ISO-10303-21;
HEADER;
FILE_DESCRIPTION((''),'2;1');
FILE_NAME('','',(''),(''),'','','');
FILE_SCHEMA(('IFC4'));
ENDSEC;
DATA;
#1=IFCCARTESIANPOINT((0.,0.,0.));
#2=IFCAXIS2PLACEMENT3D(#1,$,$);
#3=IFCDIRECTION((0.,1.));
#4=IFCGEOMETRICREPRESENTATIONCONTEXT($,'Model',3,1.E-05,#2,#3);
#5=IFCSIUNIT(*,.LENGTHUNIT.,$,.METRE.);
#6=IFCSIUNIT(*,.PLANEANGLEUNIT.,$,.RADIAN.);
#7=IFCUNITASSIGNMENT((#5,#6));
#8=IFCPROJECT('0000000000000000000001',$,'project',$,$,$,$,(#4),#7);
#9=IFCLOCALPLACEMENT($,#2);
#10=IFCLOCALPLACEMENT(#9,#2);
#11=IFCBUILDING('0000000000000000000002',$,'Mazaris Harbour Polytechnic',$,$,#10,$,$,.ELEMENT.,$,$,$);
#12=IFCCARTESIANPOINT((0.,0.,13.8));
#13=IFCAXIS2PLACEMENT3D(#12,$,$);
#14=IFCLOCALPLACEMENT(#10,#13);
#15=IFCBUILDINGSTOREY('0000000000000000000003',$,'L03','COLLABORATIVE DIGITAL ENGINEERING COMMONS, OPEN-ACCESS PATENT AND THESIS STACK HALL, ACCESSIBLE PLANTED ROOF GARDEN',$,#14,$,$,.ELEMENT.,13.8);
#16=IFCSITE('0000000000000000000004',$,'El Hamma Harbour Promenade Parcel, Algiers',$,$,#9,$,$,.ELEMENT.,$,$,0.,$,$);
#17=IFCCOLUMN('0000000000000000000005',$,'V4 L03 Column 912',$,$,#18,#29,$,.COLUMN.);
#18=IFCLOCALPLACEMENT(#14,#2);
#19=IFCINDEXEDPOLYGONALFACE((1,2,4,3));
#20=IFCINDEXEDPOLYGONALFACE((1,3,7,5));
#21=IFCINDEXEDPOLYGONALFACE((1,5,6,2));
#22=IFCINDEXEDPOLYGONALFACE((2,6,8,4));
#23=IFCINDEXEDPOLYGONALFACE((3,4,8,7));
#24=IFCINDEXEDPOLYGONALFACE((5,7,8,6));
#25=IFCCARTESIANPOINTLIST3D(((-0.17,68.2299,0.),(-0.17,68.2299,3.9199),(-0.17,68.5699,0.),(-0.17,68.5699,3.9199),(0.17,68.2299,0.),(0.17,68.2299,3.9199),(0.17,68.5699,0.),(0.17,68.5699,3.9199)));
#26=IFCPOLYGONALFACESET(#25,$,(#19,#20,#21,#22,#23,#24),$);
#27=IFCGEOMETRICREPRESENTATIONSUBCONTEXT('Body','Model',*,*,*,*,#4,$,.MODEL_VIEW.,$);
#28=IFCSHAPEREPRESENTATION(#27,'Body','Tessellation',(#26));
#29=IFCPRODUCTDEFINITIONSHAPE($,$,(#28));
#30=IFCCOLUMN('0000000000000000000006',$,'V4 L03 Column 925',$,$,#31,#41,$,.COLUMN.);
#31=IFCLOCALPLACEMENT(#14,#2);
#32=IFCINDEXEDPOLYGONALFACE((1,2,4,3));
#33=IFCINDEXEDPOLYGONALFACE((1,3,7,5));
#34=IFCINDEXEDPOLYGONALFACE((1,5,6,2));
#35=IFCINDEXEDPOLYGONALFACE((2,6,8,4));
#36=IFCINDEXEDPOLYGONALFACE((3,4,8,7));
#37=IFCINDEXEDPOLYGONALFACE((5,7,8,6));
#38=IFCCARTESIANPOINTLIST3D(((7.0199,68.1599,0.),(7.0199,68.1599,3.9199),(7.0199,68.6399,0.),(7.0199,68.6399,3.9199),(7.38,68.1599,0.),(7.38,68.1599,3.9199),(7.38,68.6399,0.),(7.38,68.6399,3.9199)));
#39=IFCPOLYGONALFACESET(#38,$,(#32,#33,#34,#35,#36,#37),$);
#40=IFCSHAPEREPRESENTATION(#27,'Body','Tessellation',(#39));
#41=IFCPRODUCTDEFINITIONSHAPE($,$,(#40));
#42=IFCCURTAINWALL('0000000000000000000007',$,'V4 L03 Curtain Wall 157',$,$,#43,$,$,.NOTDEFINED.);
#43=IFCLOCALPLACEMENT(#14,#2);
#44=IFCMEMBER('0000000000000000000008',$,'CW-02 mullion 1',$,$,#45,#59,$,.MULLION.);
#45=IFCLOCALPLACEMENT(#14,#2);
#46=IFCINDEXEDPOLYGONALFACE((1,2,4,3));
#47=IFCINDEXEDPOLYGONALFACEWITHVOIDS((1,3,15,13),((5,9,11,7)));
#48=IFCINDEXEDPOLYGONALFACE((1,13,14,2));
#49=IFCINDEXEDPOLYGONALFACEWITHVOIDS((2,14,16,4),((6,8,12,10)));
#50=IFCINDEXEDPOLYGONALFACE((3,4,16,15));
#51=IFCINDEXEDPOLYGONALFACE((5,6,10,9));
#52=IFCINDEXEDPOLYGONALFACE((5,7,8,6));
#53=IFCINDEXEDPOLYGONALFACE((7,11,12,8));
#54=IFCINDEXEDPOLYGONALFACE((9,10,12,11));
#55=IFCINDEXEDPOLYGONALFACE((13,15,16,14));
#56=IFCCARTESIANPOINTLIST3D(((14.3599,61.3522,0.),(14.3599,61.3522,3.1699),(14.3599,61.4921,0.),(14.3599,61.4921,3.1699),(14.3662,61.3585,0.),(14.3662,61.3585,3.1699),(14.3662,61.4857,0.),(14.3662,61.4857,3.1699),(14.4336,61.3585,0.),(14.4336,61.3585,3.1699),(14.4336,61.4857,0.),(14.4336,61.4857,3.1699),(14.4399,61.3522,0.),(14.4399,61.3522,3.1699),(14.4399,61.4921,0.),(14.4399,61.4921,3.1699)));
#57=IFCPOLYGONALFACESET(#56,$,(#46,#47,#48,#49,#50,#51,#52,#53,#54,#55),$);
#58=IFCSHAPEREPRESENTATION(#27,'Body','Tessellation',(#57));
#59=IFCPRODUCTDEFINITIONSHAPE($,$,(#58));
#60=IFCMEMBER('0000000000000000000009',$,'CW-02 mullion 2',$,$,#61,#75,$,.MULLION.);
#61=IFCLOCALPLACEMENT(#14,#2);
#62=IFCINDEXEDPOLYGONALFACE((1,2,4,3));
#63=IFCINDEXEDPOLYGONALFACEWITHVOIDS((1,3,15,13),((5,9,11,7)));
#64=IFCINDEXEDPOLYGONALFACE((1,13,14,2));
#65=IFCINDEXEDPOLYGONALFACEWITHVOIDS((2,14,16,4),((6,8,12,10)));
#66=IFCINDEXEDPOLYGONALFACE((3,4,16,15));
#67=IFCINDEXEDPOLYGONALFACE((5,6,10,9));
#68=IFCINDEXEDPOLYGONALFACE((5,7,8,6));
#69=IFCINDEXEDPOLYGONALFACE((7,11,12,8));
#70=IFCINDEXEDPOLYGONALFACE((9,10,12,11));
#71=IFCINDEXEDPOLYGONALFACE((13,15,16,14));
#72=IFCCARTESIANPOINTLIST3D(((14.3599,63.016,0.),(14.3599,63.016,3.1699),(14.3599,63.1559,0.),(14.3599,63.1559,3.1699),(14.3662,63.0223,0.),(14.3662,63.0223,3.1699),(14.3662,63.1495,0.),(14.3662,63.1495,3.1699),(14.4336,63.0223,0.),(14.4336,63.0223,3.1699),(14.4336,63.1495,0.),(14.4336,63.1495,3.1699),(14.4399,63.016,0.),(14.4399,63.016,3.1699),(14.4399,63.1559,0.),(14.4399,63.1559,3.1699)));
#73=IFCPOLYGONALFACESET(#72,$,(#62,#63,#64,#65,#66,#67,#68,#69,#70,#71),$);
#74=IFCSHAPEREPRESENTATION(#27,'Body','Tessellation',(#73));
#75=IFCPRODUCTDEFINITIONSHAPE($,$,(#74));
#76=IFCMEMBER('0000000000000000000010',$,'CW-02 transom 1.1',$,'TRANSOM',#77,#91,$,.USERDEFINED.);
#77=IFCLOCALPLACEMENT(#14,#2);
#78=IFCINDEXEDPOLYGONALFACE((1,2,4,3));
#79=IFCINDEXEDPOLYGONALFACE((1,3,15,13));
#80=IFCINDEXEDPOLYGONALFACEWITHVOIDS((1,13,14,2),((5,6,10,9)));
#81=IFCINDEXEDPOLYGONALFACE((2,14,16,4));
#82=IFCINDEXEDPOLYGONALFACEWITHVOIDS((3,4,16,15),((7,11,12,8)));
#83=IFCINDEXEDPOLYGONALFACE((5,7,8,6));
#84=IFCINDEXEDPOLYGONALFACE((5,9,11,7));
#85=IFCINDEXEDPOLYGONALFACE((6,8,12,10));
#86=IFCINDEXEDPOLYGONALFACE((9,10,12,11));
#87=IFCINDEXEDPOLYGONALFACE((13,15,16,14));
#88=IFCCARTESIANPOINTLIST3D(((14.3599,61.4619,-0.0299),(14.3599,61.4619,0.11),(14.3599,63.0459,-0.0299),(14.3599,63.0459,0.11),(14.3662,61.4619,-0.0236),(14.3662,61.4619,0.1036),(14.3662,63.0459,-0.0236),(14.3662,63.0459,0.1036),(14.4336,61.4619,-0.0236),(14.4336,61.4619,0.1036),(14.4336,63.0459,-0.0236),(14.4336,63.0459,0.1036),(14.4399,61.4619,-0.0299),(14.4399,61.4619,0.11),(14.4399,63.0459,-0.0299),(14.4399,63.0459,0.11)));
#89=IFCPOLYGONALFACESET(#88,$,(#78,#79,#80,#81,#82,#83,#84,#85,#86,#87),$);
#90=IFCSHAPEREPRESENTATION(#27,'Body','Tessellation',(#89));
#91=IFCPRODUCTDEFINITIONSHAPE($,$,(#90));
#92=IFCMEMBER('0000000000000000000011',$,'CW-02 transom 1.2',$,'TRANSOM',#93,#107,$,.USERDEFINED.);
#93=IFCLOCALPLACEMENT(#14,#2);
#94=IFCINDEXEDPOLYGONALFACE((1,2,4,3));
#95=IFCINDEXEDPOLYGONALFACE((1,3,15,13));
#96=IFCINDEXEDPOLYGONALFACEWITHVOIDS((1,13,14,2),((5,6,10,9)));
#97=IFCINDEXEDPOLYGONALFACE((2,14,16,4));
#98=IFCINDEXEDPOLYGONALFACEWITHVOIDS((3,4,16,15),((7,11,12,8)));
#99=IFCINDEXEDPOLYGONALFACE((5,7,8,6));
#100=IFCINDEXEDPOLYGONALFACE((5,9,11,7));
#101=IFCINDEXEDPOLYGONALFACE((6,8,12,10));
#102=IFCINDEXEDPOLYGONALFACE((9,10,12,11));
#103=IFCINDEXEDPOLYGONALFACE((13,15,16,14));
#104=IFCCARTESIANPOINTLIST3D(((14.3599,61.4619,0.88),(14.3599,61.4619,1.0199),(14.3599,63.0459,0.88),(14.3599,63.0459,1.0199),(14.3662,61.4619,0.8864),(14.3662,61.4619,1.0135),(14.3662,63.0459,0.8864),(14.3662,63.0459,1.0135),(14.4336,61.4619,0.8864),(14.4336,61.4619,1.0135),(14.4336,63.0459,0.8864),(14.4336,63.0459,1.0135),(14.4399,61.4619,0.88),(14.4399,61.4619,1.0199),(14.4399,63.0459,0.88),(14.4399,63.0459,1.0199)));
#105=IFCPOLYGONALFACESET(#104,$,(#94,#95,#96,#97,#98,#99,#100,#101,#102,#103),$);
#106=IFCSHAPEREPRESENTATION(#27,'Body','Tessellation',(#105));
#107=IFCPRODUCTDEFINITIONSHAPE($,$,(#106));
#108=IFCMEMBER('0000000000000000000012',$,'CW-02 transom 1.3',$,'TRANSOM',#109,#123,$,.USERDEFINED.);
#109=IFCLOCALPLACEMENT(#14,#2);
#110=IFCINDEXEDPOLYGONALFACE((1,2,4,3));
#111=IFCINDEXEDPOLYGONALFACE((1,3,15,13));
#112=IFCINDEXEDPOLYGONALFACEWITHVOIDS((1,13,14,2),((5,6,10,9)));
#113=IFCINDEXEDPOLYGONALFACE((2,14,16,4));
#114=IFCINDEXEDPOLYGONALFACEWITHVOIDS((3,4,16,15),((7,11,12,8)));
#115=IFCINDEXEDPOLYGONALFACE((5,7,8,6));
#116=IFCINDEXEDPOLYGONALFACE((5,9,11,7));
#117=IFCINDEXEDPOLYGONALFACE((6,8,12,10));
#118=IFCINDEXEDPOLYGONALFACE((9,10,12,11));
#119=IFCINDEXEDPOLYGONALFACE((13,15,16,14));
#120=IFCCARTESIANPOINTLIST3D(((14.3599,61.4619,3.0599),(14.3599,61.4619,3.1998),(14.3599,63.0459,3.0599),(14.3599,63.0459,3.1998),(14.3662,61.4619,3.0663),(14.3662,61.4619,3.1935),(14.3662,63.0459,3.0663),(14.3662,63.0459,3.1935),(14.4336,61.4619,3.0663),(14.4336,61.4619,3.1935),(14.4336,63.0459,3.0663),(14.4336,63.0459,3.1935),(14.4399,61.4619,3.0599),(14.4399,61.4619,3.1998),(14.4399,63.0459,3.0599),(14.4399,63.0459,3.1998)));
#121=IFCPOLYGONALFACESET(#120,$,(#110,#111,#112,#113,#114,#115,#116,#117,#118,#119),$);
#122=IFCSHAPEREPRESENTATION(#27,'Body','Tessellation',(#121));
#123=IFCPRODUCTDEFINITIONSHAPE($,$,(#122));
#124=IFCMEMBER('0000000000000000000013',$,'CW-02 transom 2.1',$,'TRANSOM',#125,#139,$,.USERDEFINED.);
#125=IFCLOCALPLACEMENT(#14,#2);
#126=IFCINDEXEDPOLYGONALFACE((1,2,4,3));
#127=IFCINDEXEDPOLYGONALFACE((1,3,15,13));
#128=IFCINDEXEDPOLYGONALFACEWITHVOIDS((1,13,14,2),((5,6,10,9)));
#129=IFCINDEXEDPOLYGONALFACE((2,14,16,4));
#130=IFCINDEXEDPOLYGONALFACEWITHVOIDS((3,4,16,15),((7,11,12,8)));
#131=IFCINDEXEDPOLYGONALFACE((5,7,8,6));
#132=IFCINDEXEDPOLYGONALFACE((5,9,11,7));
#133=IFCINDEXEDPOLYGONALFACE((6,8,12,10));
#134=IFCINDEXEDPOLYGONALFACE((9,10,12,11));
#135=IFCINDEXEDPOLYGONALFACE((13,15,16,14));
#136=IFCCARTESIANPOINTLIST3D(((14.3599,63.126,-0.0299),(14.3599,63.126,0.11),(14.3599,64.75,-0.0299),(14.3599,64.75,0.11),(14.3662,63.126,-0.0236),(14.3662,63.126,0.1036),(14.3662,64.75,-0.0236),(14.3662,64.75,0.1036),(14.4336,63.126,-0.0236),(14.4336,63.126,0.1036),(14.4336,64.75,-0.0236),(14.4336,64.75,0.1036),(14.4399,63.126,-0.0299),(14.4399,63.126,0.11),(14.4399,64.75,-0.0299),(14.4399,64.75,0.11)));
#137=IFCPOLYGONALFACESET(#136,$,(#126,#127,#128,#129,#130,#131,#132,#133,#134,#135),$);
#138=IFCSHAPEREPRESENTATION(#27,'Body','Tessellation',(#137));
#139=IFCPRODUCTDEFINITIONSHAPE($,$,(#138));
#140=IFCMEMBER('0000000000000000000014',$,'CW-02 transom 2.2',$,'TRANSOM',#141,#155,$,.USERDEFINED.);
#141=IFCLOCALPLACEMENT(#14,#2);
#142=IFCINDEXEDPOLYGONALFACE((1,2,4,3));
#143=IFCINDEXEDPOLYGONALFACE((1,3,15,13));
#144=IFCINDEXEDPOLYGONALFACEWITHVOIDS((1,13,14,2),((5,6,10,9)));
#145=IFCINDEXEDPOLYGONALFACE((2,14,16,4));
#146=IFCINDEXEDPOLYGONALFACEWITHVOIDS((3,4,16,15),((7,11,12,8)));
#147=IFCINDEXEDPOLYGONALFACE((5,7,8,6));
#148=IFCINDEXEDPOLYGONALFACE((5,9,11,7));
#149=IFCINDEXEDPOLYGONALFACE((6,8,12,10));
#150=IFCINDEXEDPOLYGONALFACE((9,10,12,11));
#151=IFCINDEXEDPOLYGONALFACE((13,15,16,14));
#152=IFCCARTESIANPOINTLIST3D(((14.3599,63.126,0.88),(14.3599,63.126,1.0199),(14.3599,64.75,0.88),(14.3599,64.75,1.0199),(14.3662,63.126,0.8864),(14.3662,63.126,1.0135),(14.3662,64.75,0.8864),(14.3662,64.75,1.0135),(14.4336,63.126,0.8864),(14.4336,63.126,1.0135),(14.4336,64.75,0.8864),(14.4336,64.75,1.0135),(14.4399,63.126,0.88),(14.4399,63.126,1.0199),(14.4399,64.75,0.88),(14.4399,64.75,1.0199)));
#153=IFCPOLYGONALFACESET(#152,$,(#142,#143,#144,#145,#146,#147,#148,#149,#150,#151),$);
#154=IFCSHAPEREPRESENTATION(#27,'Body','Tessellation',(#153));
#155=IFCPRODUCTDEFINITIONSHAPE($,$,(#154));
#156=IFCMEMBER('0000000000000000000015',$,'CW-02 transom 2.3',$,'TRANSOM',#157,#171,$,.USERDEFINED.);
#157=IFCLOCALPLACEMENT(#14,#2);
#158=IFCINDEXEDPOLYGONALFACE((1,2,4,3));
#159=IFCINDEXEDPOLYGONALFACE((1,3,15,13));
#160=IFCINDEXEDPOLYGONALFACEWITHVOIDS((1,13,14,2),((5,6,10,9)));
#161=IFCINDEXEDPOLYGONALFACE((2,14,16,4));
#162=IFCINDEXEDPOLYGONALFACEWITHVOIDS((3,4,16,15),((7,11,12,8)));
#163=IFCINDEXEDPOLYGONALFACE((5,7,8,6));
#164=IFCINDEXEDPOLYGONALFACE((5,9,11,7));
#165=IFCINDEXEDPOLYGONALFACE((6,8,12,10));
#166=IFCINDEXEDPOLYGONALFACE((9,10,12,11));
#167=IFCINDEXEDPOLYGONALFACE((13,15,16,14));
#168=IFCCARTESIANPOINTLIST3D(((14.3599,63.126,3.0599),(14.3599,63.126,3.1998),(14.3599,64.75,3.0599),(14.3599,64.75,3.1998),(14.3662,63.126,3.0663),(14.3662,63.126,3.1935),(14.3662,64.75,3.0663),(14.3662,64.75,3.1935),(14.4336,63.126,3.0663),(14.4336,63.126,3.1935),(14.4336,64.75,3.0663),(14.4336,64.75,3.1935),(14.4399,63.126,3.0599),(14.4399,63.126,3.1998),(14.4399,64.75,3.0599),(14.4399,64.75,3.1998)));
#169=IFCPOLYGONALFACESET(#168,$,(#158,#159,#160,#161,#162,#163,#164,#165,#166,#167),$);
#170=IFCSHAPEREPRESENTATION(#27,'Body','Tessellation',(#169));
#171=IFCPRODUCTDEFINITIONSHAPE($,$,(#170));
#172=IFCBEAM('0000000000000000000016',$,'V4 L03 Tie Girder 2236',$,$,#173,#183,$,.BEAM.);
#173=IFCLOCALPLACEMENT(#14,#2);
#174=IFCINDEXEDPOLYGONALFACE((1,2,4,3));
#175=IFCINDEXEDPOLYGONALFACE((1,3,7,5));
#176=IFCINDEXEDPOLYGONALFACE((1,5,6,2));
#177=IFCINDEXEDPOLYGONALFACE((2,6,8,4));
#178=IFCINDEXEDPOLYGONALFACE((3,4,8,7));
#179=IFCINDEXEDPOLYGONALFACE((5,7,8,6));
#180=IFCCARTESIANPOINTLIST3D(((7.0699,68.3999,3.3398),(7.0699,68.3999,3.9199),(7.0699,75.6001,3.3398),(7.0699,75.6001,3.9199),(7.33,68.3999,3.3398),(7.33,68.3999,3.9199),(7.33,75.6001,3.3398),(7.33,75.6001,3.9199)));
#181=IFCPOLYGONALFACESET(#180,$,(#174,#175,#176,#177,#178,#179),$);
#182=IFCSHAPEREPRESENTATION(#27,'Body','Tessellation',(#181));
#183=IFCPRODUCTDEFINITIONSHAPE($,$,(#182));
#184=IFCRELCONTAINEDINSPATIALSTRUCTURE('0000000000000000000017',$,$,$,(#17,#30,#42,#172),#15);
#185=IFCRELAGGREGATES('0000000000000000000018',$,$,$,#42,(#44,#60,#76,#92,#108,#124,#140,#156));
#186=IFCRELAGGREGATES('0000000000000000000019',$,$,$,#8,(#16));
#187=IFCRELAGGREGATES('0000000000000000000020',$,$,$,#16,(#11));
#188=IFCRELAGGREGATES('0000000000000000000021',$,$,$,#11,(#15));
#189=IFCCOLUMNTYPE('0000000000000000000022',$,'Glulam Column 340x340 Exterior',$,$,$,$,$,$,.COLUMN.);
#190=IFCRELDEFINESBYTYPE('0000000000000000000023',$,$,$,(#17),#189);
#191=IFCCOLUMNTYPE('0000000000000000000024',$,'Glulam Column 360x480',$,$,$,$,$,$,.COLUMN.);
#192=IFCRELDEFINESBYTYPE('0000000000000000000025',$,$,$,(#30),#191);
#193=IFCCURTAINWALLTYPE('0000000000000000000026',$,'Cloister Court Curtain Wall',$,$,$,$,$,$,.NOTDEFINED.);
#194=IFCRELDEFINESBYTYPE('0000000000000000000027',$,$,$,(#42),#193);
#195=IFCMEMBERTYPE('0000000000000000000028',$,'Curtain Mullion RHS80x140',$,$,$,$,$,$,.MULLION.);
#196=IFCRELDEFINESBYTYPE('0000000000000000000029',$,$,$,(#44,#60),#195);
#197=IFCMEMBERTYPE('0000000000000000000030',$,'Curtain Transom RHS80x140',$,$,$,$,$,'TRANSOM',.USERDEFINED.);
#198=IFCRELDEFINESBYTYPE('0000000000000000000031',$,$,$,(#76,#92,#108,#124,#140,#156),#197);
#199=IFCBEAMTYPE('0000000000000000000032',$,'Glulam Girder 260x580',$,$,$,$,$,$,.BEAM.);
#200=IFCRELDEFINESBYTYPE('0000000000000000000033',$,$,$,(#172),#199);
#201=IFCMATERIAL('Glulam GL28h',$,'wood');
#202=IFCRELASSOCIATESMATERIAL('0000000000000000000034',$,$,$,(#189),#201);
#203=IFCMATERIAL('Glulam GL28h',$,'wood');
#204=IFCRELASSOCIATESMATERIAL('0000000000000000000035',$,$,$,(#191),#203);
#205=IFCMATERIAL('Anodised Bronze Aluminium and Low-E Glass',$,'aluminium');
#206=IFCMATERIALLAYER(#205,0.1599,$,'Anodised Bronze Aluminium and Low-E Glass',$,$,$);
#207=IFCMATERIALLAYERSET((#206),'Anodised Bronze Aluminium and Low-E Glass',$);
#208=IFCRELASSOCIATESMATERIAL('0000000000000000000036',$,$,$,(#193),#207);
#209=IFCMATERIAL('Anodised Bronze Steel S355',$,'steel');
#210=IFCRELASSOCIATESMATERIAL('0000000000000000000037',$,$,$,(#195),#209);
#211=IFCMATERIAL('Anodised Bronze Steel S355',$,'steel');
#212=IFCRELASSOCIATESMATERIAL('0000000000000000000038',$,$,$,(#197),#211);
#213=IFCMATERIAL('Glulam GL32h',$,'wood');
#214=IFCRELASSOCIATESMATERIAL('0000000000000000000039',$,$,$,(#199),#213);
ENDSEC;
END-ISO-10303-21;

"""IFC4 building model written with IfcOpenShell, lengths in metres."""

from ifc_helpers import new_model, si_unit, direction, frame, origin, origin_2d, place, context, subcontext, project, spatial, rectangle, hollow_rectangle, extrude, material, layer, layer_set, material_profile, profile_set, type_object, element, aggregate, save


model = new_model("IFC4")

# Units and contexts
model_context = context("Model", 3, precision=1e-05, world=origin(), true_north=direction((0.0, 1.0)))
body_context = subcontext(model_context, "Body", "Model", "MODEL_VIEW")
ifc_project = project(units=[si_unit("LENGTHUNIT", "METRE"), si_unit("PLANEANGLEUNIT", "RADIAN")], contexts=[model_context])

# Site, building, storey
site_placement = place(None, origin())
site = spatial("IfcSite", under=ifc_project, at=site_placement, Name="El Hamma Harbour Promenade Parcel, Algiers", CompositionType="ELEMENT", RefElevation=0.0)
building_placement = place(site_placement, origin())
building = spatial("IfcBuilding", under=site, at=building_placement, Name="Mazaris Harbour Polytechnic", CompositionType="ELEMENT")
storey_placement = place(building_placement, frame((0.0, 0.0, 13.8)))
storey = spatial("IfcBuildingStorey", under=building, at=storey_placement, Name="L03", Description="COLLABORATIVE DIGITAL ENGINEERING COMMONS, OPEN-ACCESS PATENT AND THESIS STACK HALL, ACCESSIBLE PLANTED ROOF GARDEN", CompositionType="ELEMENT", Elevation=13.8)

# Columns
ifc_material_1 = material(Name="Glulam GL28h", Category="wood")
ifc_material_profile_1 = material_profile(ifc_material_1, rectangle(XDim=0.3401, YDim=0.3401, at=origin_2d()), Name="RECT340x340")
ifc_profile_set_1 = profile_set([ifc_material_profile_1], Name="Glulam GL28h")
column_type_1 = type_object("IfcColumnType", Name="Glulam Column 340x340 Exterior", PredefinedType="COLUMN", material=ifc_profile_set_1)
column_1_placement = place(storey_placement, frame((0.0, 68.3999, 0.0), z_axis=(0.0, 0.0, 1.0), x_axis=(1.0, 0.0, 0.0)))
element("IfcColumn", 1, at=column_1_placement, inside=storey, type_object=column_type_1, Name="V4 L03 Column 912", PredefinedType="COLUMN", context=body_context, shape_type="SweptSolid", body=[
    extrude(rectangle(XDim=0.3401, YDim=0.3401, at=origin_2d()), origin(), (0.0, 0.0, 1.0), 3.9199),
])
ifc_material_2 = material(Name="Glulam GL28h", Category="wood")
ifc_material_profile_2 = material_profile(ifc_material_2, rectangle(XDim=0.3601, YDim=0.48, at=origin_2d()), Name="RECT360x480")
ifc_profile_set_2 = profile_set([ifc_material_profile_2], Name="Glulam GL28h")
column_type_2 = type_object("IfcColumnType", Name="Glulam Column 360x480", PredefinedType="COLUMN", material=ifc_profile_set_2)
column_2_placement = place(storey_placement, frame((7.2, 68.3999, 0.0), z_axis=(0.0, 0.0, 1.0), x_axis=(1.0, 0.0, 0.0)))
element("IfcColumn", 2, at=column_2_placement, inside=storey, type_object=column_type_2, Name="V4 L03 Column 925", PredefinedType="COLUMN", context=body_context, shape_type="SweptSolid", body=[
    extrude(rectangle(XDim=0.3601, YDim=0.48, at=origin_2d()), origin(), (0.0, 0.0, 1.0), 3.9199),
])

# Curtain wall, members
ifc_material_3 = material(Name="Anodised Bronze Aluminium and Low-E Glass", Category="aluminium")
ifc_layer_1 = layer(ifc_material_3, 0.1599, Name="Anodised Bronze Aluminium and Low-E Glass")
ifc_layer_set_1 = layer_set([ifc_layer_1], Name="Anodised Bronze Aluminium and Low-E Glass")
curtain_wall_type = type_object("IfcCurtainWallType", Name="Cloister Court Curtain Wall", PredefinedType="NOTDEFINED", material=ifc_layer_set_1)
curtain_wall_placement = place(storey_placement, origin())
curtain_wall = element("IfcCurtainWall", 3, at=curtain_wall_placement, inside=storey, type_object=curtain_wall_type, Name="V4 L03 Curtain Wall 157", PredefinedType="NOTDEFINED")
ifc_material_4 = material(Name="Anodised Bronze Steel S355", Category="steel")
ifc_material_profile_3 = material_profile(ifc_material_4, hollow_rectangle(XDim=0.0801, YDim=0.1399, WallThickness=0.0063, at=origin_2d()), Name="RHS 80x140x6.3")
ifc_profile_set_3 = profile_set([ifc_material_profile_3], Name="Anodised Bronze Steel S355")
member_type_1 = type_object("IfcMemberType", Name="Curtain Mullion RHS80x140", PredefinedType="MULLION", material=ifc_profile_set_3)
member_1_placement = place(storey_placement, frame((14.3999, 61.4221, 0.0), z_axis=(0.0, 0.0, 1.0), x_axis=(-1.0, 0.0, 0.0)))
member_1 = element("IfcMember", 4, at=member_1_placement, type_object=member_type_1, Name="CW-02 mullion 1", PredefinedType="MULLION", context=body_context, shape_type="SweptSolid", body=[
    extrude(hollow_rectangle(XDim=0.0801, YDim=0.1399, WallThickness=0.0063, at=origin_2d()), origin(), (0.0, 0.0, 1.0), 3.1699),
])
member_2_placement = place(storey_placement, frame((14.3999, 63.0859, 0.0), z_axis=(0.0, 0.0, 1.0), x_axis=(-1.0, 0.0, 0.0)))
member_2 = element("IfcMember", 5, at=member_2_placement, type_object=member_type_1, Name="CW-02 mullion 2", PredefinedType="MULLION", context=body_context, shape_type="SweptSolid", body=[
    extrude(hollow_rectangle(XDim=0.0801, YDim=0.1399, WallThickness=0.0063, at=origin_2d()), origin(), (0.0, 0.0, 1.0), 3.1699),
])
ifc_material_5 = material(Name="Anodised Bronze Steel S355", Category="steel")
ifc_material_profile_4 = material_profile(ifc_material_5, hollow_rectangle(XDim=0.0801, YDim=0.1399, WallThickness=0.0063, at=origin_2d()), Name="RHS 80x140x6.3")
ifc_profile_set_4 = profile_set([ifc_material_profile_4], Name="Anodised Bronze Steel S355")
member_type_2 = type_object("IfcMemberType", Name="Curtain Transom RHS80x140", ElementType="TRANSOM", PredefinedType="USERDEFINED", material=ifc_profile_set_4)
member_3_placement = place(storey_placement, frame((14.3999, 61.4619, 0.04), z_axis=(0.0, 1.0, 0.0), x_axis=(-1.0, 0.0, 0.0)))
member_3 = element("IfcMember", 6, at=member_3_placement, type_object=member_type_2, Name="CW-02 transom 1.1", ObjectType="TRANSOM", PredefinedType="USERDEFINED", context=body_context, shape_type="SweptSolid", body=[
    extrude(hollow_rectangle(XDim=0.0801, YDim=0.1399, WallThickness=0.0063, at=origin_2d()), origin(), (0.0, 0.0, 1.0), 1.584),
])
member_4_placement = place(storey_placement, frame((14.3999, 61.4619, 0.95), z_axis=(0.0, 1.0, 0.0), x_axis=(-1.0, 0.0, 0.0)))
member_4 = element("IfcMember", 7, at=member_4_placement, type_object=member_type_2, Name="CW-02 transom 1.2", ObjectType="TRANSOM", PredefinedType="USERDEFINED", context=body_context, shape_type="SweptSolid", body=[
    extrude(hollow_rectangle(XDim=0.0801, YDim=0.1399, WallThickness=0.0063, at=origin_2d()), origin(), (0.0, 0.0, 1.0), 1.584),
])
member_5_placement = place(storey_placement, frame((14.3999, 61.4619, 3.1299), z_axis=(0.0, 1.0, 0.0), x_axis=(-1.0, 0.0, 0.0)))
member_5 = element("IfcMember", 8, at=member_5_placement, type_object=member_type_2, Name="CW-02 transom 1.3", ObjectType="TRANSOM", PredefinedType="USERDEFINED", context=body_context, shape_type="SweptSolid", body=[
    extrude(hollow_rectangle(XDim=0.0801, YDim=0.1399, WallThickness=0.0063, at=origin_2d()), origin(), (0.0, 0.0, 1.0), 1.584),
])
member_6_placement = place(storey_placement, frame((14.3999, 63.126, 0.04), z_axis=(0.0, 1.0, 0.0), x_axis=(-1.0, 0.0, 0.0)))
member_6 = element("IfcMember", 9, at=member_6_placement, type_object=member_type_2, Name="CW-02 transom 2.1", ObjectType="TRANSOM", PredefinedType="USERDEFINED", context=body_context, shape_type="SweptSolid", body=[
    extrude(hollow_rectangle(XDim=0.0801, YDim=0.1399, WallThickness=0.0063, at=origin_2d()), origin(), (0.0, 0.0, 1.0), 1.624),
])
member_7_placement = place(storey_placement, frame((14.3999, 63.126, 0.95), z_axis=(0.0, 1.0, 0.0), x_axis=(-1.0, 0.0, 0.0)))
member_7 = element("IfcMember", 10, at=member_7_placement, type_object=member_type_2, Name="CW-02 transom 2.2", ObjectType="TRANSOM", PredefinedType="USERDEFINED", context=body_context, shape_type="SweptSolid", body=[
    extrude(hollow_rectangle(XDim=0.0801, YDim=0.1399, WallThickness=0.0063, at=origin_2d()), origin(), (0.0, 0.0, 1.0), 1.624),
])
member_8_placement = place(storey_placement, frame((14.3999, 63.126, 3.1299), z_axis=(0.0, 1.0, 0.0), x_axis=(-1.0, 0.0, 0.0)))
member_8 = element("IfcMember", 11, at=member_8_placement, type_object=member_type_2, Name="CW-02 transom 2.3", ObjectType="TRANSOM", PredefinedType="USERDEFINED", context=body_context, shape_type="SweptSolid", body=[
    extrude(hollow_rectangle(XDim=0.0801, YDim=0.1399, WallThickness=0.0063, at=origin_2d()), origin(), (0.0, 0.0, 1.0), 1.624),
])

# Beam
ifc_material_6 = material(Name="Glulam GL32h", Category="wood")
ifc_material_profile_5 = material_profile(ifc_material_6, rectangle(XDim=0.26, YDim=0.5801, at=origin_2d()), Name="RECT260x580")
ifc_profile_set_5 = profile_set([ifc_material_profile_5], Name="Glulam GL32h")
beam_type_1 = type_object("IfcBeamType", Name="Glulam Girder 260x580", PredefinedType="BEAM", material=ifc_profile_set_5)
beam_1_placement = place(storey_placement, frame((7.2, 68.3999, 3.6299), z_axis=(0.0, 1.0, 0.0), x_axis=(-1.0, 0.0, 0.0)))
element("IfcBeam", 12, at=beam_1_placement, inside=storey, type_object=beam_type_1, Name="V4 L03 Tie Girder 2236", PredefinedType="BEAM", context=body_context, shape_type="SweptSolid", body=[
    extrude(rectangle(XDim=0.26, YDim=0.5801, at=origin_2d()), origin(), (0.0, 0.0, 1.0), 7.2002),
])

aggregate(curtain_wall, [member_1, member_2, member_3, member_4, member_5, member_6, member_7, member_8])

save(model, "model.ifc")
